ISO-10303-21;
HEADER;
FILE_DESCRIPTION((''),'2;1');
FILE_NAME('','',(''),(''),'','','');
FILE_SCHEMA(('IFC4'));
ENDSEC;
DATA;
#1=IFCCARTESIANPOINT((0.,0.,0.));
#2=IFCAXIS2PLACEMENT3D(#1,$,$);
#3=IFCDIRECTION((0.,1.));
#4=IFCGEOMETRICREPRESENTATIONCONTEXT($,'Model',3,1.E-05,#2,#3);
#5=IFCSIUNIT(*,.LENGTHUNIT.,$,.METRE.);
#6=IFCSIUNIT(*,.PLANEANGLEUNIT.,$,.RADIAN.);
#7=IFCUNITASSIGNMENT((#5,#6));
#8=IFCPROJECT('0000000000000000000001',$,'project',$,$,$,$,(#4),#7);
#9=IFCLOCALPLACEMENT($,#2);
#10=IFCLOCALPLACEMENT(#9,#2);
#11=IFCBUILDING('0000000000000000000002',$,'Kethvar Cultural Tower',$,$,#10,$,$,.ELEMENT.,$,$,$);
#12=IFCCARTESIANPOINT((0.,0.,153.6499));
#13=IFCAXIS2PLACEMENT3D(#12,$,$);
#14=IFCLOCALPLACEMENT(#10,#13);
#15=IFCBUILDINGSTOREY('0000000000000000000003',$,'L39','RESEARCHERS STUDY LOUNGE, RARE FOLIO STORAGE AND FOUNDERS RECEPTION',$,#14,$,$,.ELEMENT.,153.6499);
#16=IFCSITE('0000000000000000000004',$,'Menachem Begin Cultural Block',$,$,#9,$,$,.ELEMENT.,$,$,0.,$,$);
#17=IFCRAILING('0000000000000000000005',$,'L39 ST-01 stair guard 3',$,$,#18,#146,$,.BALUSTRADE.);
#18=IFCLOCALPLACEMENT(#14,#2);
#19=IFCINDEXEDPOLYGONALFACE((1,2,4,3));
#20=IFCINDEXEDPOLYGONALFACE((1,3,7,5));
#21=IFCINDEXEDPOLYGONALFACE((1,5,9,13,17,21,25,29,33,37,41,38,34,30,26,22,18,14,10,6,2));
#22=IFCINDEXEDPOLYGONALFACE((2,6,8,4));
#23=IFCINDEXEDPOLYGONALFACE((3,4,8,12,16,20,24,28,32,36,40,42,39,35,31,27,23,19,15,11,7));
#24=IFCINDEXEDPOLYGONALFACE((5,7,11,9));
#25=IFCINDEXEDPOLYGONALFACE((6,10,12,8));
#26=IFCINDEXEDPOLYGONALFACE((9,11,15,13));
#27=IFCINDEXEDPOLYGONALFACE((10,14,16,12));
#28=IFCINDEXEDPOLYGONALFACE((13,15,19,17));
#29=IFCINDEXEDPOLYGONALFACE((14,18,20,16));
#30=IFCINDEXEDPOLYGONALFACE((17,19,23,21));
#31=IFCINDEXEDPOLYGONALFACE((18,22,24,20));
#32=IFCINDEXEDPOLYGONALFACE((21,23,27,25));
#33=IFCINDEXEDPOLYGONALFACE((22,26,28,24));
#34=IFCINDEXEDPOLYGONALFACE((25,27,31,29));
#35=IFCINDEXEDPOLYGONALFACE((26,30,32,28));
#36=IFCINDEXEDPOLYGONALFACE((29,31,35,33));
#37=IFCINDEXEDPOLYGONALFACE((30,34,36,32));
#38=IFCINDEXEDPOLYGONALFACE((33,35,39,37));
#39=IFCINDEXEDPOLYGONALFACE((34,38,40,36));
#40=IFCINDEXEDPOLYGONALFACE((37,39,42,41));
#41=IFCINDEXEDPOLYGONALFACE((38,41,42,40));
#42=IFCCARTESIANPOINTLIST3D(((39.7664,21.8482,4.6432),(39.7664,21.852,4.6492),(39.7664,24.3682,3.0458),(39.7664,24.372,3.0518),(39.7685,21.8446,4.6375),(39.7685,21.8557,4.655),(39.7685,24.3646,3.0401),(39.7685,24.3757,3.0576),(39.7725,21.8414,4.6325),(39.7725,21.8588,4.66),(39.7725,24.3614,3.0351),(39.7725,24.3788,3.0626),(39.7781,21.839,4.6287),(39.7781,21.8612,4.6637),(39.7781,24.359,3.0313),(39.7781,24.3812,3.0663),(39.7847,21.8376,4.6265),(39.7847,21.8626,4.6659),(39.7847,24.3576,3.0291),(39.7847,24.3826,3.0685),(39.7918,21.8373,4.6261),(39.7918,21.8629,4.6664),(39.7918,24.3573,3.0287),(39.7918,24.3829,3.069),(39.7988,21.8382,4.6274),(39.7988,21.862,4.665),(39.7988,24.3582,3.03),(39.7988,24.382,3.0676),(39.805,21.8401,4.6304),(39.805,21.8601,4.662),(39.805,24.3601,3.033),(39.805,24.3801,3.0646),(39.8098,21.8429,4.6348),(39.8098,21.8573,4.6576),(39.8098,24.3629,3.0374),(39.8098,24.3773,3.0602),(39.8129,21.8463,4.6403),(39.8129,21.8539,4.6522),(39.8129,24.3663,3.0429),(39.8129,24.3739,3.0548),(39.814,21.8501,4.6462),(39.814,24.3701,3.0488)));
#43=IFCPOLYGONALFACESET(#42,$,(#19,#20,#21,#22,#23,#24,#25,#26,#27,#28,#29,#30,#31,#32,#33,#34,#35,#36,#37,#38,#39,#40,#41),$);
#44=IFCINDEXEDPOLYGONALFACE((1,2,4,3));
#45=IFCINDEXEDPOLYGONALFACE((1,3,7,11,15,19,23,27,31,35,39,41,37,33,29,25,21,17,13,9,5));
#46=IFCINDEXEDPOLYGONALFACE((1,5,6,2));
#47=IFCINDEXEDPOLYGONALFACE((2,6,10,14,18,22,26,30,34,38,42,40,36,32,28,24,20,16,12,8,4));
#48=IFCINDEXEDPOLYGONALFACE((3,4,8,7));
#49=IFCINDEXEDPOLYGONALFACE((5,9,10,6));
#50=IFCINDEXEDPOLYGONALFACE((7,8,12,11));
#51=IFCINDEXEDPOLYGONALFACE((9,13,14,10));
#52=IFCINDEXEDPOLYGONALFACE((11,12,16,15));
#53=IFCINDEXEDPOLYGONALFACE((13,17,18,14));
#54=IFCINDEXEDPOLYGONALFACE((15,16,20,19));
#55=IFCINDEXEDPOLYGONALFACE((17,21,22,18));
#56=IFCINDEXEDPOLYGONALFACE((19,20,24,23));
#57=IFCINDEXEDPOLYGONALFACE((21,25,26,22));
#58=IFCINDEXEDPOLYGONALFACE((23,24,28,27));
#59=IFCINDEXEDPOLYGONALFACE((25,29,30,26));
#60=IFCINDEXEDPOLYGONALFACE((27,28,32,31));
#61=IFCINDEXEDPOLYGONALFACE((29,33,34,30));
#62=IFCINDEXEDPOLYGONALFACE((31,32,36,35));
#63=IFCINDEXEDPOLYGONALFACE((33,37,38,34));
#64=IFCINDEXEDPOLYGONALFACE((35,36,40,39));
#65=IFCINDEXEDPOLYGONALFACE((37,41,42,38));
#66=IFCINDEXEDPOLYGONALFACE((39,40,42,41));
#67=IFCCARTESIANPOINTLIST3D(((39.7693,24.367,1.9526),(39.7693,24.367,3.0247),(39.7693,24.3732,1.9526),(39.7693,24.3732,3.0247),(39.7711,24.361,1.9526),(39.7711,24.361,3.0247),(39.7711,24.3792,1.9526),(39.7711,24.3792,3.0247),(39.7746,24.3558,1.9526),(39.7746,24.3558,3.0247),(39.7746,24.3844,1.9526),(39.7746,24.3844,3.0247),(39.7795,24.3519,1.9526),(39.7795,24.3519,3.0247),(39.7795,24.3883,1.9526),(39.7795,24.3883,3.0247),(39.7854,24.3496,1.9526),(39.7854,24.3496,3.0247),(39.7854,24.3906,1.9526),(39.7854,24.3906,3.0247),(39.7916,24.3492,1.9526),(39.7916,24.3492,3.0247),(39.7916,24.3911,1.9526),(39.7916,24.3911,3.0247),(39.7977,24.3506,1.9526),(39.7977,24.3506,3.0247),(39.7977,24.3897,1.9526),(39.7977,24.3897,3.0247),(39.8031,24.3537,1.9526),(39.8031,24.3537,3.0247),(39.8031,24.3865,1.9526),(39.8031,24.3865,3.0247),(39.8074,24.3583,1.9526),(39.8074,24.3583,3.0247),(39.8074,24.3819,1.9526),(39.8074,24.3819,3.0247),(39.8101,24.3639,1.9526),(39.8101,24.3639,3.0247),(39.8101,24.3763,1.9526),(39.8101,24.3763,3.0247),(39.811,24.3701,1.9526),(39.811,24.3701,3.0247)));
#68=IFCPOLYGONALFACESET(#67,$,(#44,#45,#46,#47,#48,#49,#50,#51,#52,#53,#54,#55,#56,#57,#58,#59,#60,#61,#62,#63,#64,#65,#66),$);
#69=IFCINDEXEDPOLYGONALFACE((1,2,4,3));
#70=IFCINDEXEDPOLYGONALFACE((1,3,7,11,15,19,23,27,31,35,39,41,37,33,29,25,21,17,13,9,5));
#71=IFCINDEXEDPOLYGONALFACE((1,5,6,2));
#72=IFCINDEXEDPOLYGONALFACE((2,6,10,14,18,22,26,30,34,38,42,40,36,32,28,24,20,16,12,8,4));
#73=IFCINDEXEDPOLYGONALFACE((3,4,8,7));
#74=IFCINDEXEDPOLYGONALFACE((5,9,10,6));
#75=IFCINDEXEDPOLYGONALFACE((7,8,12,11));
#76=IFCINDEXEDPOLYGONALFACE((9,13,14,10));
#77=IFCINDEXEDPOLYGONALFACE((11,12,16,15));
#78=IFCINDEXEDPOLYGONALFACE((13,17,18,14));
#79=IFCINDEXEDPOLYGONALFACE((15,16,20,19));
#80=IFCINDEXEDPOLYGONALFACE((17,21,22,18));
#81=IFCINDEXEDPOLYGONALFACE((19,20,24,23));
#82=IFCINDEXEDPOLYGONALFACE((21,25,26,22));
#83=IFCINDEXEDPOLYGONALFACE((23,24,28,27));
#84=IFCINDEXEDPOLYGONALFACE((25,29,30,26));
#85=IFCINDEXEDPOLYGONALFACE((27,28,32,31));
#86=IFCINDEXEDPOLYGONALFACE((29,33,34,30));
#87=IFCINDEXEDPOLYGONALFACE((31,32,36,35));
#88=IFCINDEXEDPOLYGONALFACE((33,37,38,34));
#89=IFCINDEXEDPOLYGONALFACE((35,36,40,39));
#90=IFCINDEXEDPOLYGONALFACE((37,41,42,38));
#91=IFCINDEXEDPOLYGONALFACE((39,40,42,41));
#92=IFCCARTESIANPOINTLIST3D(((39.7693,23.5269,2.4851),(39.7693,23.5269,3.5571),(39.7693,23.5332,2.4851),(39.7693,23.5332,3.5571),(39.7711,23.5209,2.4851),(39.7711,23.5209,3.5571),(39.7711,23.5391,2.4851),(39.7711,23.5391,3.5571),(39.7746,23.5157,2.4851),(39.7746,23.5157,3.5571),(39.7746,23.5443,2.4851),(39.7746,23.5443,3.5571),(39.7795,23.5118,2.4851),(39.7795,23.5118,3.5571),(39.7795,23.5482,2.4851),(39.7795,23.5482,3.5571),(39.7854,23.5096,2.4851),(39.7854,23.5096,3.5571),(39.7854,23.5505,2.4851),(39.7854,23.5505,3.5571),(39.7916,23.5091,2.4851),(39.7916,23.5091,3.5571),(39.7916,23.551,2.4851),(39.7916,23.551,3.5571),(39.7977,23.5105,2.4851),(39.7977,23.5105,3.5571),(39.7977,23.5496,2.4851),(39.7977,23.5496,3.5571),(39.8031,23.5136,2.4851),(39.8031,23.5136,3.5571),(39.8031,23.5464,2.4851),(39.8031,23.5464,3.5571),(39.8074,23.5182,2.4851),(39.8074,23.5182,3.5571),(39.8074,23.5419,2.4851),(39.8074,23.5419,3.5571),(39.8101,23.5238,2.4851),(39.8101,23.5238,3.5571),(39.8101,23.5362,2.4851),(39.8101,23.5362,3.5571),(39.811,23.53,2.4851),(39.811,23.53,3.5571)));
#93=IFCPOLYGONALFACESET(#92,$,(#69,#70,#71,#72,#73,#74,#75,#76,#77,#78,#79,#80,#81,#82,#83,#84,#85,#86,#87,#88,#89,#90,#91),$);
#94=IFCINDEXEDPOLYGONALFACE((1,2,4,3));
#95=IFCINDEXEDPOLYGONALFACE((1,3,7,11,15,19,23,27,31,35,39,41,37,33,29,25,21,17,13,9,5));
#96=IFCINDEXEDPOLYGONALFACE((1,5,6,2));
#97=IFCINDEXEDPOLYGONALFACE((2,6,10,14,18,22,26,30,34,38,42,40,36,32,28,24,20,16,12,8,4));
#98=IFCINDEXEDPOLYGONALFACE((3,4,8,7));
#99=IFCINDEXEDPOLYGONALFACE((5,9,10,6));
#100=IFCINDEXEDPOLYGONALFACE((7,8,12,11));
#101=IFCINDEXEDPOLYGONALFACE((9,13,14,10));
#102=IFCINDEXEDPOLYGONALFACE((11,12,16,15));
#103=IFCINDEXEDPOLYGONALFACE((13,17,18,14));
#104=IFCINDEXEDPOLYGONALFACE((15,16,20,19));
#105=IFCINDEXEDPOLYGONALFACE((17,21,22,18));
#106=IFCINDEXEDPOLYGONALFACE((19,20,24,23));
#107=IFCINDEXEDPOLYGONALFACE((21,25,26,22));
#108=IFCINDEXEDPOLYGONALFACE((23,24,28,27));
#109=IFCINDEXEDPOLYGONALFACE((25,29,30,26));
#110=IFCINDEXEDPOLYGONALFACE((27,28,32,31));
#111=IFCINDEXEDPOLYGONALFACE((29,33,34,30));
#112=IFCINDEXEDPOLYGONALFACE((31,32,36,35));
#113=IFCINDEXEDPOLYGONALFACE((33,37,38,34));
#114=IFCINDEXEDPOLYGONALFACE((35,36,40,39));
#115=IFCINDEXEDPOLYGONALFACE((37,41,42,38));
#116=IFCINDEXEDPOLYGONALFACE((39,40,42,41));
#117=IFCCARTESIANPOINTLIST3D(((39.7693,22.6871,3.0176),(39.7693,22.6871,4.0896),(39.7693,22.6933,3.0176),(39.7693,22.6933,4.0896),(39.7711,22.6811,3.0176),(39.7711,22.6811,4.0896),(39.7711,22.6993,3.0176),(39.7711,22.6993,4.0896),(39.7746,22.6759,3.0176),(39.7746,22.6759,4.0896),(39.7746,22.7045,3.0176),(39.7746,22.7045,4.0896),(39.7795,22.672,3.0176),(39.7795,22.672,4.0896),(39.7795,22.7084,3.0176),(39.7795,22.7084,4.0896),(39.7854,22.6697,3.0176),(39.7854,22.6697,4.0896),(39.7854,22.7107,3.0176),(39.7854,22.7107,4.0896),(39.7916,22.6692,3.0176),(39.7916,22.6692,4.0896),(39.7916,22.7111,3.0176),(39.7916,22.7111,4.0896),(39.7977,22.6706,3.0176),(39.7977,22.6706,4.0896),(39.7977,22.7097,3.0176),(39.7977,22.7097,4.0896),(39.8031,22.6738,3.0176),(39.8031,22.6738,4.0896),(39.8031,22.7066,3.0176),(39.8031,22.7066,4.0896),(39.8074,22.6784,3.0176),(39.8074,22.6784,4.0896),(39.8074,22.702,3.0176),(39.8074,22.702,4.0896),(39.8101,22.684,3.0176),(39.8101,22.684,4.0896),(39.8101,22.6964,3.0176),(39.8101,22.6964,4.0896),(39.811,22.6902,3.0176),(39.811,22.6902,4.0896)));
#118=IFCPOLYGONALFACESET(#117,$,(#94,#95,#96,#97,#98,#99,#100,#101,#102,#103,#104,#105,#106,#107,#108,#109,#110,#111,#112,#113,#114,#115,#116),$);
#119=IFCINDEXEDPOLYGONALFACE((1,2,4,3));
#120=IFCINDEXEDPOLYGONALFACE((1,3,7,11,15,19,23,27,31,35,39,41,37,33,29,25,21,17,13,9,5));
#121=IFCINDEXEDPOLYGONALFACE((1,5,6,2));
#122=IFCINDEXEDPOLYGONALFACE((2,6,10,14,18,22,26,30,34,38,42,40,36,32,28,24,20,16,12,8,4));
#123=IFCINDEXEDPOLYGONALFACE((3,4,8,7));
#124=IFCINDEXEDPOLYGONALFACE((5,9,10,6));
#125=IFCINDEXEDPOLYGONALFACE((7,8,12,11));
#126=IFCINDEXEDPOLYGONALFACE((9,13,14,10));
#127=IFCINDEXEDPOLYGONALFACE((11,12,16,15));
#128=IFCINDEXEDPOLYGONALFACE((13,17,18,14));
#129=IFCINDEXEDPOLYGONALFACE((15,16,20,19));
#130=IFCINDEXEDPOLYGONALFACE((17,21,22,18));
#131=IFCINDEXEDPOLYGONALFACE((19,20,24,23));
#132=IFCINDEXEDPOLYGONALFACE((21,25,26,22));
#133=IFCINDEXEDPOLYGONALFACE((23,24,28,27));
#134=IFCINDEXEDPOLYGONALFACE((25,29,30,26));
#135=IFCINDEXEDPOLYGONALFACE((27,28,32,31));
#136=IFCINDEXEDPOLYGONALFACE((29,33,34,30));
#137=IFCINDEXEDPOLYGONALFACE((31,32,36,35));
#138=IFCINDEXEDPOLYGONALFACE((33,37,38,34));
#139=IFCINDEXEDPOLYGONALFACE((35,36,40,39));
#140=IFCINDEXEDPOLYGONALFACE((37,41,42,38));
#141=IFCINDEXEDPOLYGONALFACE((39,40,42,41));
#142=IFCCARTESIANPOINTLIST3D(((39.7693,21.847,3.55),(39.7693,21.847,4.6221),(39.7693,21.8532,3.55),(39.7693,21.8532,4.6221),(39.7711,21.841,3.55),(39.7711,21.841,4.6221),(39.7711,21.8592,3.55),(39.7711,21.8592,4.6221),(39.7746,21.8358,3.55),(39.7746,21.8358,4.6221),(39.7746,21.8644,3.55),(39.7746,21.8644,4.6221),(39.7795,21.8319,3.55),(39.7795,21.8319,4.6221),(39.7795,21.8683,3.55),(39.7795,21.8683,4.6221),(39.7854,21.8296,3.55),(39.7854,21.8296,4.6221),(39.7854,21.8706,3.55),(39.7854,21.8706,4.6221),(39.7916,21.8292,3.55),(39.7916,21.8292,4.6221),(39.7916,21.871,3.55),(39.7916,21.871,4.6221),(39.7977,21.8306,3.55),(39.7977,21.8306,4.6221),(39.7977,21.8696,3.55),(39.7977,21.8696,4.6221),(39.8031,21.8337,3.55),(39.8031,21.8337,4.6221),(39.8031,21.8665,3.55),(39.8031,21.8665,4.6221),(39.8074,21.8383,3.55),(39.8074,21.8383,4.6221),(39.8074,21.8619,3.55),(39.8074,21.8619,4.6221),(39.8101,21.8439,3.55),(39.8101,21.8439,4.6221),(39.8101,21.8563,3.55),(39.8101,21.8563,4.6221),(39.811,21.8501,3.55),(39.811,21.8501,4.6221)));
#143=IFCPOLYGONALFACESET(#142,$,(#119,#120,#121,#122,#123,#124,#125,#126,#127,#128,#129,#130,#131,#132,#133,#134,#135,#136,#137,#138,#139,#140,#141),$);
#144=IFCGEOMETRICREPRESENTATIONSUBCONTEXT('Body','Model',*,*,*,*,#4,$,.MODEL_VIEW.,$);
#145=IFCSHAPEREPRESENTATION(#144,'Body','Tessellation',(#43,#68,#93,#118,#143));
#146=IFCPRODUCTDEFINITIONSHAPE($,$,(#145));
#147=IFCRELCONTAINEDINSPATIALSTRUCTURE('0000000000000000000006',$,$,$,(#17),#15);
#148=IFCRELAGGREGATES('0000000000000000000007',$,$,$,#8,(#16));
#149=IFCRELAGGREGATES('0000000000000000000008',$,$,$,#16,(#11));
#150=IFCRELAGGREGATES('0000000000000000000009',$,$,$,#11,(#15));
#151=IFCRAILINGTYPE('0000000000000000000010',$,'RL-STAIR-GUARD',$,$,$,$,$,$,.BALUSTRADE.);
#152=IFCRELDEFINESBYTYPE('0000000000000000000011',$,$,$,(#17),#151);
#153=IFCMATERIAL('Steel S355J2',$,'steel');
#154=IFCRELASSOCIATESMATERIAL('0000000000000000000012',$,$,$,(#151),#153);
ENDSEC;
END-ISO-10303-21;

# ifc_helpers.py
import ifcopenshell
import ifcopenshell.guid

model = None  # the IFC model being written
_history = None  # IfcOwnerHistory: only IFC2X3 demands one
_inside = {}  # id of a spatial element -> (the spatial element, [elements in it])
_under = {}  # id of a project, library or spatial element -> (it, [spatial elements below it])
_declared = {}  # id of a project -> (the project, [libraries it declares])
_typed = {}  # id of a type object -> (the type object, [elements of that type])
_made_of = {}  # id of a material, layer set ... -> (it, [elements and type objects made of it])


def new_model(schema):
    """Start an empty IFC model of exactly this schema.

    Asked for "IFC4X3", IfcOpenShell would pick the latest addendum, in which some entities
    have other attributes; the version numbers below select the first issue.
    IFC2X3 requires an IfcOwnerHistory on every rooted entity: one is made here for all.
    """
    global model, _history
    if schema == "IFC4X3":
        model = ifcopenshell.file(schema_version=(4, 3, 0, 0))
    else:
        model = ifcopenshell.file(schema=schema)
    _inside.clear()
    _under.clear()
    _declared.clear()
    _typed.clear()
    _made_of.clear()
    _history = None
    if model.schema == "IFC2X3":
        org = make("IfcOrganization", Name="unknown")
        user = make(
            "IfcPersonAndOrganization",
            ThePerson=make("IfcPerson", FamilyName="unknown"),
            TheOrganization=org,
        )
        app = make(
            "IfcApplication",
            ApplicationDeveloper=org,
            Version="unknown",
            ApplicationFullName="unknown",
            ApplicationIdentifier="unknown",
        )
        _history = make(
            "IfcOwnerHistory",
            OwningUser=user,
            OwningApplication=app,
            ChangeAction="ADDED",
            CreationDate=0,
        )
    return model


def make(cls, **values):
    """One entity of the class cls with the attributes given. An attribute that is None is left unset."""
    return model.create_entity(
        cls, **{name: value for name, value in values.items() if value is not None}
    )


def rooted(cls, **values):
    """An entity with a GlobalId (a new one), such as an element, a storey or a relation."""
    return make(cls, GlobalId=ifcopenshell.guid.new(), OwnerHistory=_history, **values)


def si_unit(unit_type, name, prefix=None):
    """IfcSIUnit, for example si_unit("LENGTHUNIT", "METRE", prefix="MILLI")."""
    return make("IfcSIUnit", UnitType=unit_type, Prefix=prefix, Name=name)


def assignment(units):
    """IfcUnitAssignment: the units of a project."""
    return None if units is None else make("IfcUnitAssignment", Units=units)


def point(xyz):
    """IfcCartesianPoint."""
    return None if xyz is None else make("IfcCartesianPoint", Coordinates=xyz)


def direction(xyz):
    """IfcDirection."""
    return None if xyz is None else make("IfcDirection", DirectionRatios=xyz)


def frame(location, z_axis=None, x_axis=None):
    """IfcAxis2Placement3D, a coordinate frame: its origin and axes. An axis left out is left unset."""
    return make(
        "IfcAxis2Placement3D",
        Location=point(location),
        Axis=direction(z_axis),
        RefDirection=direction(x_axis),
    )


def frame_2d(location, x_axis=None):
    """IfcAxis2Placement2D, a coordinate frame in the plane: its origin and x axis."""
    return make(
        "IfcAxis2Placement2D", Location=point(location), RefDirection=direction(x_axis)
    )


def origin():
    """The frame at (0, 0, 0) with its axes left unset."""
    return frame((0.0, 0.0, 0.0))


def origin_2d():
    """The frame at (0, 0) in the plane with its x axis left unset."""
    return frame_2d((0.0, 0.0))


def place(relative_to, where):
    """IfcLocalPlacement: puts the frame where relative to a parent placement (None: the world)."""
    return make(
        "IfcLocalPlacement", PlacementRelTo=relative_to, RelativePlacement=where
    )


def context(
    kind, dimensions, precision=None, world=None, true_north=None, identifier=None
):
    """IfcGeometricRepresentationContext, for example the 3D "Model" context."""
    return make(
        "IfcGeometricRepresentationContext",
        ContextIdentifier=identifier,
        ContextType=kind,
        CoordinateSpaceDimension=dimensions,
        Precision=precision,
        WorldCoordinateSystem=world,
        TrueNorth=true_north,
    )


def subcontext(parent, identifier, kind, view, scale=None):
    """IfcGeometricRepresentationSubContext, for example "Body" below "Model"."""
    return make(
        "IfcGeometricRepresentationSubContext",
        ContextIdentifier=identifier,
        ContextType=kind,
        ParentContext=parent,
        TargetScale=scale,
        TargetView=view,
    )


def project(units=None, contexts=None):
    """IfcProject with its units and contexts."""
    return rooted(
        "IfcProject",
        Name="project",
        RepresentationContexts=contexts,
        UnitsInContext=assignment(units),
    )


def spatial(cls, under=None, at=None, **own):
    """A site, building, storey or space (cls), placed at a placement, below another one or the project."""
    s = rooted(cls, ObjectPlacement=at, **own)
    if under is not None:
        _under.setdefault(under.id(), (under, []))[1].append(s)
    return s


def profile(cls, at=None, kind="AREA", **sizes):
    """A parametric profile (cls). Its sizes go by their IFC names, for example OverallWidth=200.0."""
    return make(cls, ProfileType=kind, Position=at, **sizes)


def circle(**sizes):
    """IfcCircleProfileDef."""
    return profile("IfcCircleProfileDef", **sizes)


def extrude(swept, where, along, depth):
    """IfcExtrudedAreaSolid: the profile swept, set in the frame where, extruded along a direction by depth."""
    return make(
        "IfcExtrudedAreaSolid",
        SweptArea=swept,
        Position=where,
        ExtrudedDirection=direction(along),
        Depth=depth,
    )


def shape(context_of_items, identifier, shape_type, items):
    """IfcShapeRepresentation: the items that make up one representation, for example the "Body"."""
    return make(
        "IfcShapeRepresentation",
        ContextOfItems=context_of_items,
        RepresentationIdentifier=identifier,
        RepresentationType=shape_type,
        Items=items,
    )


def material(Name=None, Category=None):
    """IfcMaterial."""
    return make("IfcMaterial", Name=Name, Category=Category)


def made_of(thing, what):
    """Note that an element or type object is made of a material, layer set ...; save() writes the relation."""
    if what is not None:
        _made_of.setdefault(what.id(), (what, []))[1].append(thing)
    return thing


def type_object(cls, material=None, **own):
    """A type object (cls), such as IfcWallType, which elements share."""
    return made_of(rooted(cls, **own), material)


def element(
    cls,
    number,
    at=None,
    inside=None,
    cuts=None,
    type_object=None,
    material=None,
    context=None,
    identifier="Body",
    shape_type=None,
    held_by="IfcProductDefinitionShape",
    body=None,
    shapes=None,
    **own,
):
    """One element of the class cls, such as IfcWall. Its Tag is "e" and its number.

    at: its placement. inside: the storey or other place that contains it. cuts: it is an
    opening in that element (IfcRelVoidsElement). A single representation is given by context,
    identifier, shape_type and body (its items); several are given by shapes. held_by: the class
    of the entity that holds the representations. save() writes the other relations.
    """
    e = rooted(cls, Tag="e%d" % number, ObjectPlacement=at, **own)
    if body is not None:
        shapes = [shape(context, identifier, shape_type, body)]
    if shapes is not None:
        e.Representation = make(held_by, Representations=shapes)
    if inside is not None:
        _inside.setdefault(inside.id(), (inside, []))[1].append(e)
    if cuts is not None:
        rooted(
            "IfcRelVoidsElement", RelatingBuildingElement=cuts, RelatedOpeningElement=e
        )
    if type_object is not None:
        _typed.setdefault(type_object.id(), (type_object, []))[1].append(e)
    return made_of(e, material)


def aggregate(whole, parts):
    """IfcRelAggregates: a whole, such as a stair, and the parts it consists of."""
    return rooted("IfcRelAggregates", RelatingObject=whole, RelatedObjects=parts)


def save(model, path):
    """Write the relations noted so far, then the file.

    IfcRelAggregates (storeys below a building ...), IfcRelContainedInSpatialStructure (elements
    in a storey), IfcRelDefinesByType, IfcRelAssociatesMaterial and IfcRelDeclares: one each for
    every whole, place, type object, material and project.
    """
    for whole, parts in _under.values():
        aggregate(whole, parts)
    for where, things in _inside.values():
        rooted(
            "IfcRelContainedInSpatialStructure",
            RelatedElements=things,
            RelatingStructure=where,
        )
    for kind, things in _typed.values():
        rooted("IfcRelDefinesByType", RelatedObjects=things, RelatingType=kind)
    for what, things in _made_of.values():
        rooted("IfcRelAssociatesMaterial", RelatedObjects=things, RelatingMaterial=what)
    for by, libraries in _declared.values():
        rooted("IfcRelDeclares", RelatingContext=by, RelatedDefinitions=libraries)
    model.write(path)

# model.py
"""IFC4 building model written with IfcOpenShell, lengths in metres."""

from ifc_helpers import new_model, si_unit, direction, frame, origin, origin_2d, place, context, subcontext, project, spatial, circle, extrude, material, type_object, element, save


model = new_model("IFC4")

# Units and contexts
model_context = context("Model", 3, precision=1e-05, world=origin(), true_north=direction((0.0, 1.0)))
body_context = subcontext(model_context, "Body", "Model", "MODEL_VIEW")
ifc_project = project(units=[si_unit("LENGTHUNIT", "METRE"), si_unit("PLANEANGLEUNIT", "RADIAN")], contexts=[model_context])

# Site, building, storey
site_placement = place(None, origin())
site = spatial("IfcSite", under=ifc_project, at=site_placement, Name="Menachem Begin Cultural Block", CompositionType="ELEMENT", RefElevation=0.0)
building_placement = place(site_placement, origin())
building = spatial("IfcBuilding", under=site, at=building_placement, Name="Kethvar Cultural Tower", CompositionType="ELEMENT")
storey_placement = place(building_placement, frame((0.0, 0.0, 153.6499)))
storey = spatial("IfcBuildingStorey", under=building, at=storey_placement, Name="L39", Description="RESEARCHERS STUDY LOUNGE, RARE FOLIO STORAGE AND FOUNDERS RECEPTION", CompositionType="ELEMENT", Elevation=153.6499)

# Shared definitions
ifc_material_1 = material(Name="Steel S355J2", Category="steel")

# Railing
railing_type_1 = type_object("IfcRailingType", Name="RL-STAIR-GUARD", PredefinedType="BALUSTRADE", material=ifc_material_1)
railing_1_placement = place(storey_placement, frame((39.79, 24.3701, 1.9526)))
element("IfcRailing", 1, at=railing_1_placement, inside=storey, type_object=railing_type_1, Name="L39 ST-01 stair guard 3", PredefinedType="BALUSTRADE", context=body_context, shape_type="SweptSolid", body=[
    extrude(circle(Radius=0.0239, at=origin_2d()), frame((0.0, 0.0, 1.0962), z_axis=(0.0, -0.844607, 0.535387), x_axis=(1.0, 0.0, 0.0)), (0.0, 0.0, 1.0), 2.9836),
    extrude(circle(Radius=0.021, at=origin_2d()), origin(), (0.0, 0.0, 1.0), 1.072),
    extrude(circle(Radius=0.021, at=origin_2d()), frame((0.0, -0.8401, 0.5325)), (0.0, 0.0, 1.0), 1.072),
    extrude(circle(Radius=0.021, at=origin_2d()), frame((0.0, -1.6799, 1.0649)), (0.0, 0.0, 1.0), 1.072),
    extrude(circle(Radius=0.021, at=origin_2d()), frame((0.0, -2.52, 1.5974)), (0.0, 0.0, 1.0), 1.072),
])

save(model, "model.ifc")
